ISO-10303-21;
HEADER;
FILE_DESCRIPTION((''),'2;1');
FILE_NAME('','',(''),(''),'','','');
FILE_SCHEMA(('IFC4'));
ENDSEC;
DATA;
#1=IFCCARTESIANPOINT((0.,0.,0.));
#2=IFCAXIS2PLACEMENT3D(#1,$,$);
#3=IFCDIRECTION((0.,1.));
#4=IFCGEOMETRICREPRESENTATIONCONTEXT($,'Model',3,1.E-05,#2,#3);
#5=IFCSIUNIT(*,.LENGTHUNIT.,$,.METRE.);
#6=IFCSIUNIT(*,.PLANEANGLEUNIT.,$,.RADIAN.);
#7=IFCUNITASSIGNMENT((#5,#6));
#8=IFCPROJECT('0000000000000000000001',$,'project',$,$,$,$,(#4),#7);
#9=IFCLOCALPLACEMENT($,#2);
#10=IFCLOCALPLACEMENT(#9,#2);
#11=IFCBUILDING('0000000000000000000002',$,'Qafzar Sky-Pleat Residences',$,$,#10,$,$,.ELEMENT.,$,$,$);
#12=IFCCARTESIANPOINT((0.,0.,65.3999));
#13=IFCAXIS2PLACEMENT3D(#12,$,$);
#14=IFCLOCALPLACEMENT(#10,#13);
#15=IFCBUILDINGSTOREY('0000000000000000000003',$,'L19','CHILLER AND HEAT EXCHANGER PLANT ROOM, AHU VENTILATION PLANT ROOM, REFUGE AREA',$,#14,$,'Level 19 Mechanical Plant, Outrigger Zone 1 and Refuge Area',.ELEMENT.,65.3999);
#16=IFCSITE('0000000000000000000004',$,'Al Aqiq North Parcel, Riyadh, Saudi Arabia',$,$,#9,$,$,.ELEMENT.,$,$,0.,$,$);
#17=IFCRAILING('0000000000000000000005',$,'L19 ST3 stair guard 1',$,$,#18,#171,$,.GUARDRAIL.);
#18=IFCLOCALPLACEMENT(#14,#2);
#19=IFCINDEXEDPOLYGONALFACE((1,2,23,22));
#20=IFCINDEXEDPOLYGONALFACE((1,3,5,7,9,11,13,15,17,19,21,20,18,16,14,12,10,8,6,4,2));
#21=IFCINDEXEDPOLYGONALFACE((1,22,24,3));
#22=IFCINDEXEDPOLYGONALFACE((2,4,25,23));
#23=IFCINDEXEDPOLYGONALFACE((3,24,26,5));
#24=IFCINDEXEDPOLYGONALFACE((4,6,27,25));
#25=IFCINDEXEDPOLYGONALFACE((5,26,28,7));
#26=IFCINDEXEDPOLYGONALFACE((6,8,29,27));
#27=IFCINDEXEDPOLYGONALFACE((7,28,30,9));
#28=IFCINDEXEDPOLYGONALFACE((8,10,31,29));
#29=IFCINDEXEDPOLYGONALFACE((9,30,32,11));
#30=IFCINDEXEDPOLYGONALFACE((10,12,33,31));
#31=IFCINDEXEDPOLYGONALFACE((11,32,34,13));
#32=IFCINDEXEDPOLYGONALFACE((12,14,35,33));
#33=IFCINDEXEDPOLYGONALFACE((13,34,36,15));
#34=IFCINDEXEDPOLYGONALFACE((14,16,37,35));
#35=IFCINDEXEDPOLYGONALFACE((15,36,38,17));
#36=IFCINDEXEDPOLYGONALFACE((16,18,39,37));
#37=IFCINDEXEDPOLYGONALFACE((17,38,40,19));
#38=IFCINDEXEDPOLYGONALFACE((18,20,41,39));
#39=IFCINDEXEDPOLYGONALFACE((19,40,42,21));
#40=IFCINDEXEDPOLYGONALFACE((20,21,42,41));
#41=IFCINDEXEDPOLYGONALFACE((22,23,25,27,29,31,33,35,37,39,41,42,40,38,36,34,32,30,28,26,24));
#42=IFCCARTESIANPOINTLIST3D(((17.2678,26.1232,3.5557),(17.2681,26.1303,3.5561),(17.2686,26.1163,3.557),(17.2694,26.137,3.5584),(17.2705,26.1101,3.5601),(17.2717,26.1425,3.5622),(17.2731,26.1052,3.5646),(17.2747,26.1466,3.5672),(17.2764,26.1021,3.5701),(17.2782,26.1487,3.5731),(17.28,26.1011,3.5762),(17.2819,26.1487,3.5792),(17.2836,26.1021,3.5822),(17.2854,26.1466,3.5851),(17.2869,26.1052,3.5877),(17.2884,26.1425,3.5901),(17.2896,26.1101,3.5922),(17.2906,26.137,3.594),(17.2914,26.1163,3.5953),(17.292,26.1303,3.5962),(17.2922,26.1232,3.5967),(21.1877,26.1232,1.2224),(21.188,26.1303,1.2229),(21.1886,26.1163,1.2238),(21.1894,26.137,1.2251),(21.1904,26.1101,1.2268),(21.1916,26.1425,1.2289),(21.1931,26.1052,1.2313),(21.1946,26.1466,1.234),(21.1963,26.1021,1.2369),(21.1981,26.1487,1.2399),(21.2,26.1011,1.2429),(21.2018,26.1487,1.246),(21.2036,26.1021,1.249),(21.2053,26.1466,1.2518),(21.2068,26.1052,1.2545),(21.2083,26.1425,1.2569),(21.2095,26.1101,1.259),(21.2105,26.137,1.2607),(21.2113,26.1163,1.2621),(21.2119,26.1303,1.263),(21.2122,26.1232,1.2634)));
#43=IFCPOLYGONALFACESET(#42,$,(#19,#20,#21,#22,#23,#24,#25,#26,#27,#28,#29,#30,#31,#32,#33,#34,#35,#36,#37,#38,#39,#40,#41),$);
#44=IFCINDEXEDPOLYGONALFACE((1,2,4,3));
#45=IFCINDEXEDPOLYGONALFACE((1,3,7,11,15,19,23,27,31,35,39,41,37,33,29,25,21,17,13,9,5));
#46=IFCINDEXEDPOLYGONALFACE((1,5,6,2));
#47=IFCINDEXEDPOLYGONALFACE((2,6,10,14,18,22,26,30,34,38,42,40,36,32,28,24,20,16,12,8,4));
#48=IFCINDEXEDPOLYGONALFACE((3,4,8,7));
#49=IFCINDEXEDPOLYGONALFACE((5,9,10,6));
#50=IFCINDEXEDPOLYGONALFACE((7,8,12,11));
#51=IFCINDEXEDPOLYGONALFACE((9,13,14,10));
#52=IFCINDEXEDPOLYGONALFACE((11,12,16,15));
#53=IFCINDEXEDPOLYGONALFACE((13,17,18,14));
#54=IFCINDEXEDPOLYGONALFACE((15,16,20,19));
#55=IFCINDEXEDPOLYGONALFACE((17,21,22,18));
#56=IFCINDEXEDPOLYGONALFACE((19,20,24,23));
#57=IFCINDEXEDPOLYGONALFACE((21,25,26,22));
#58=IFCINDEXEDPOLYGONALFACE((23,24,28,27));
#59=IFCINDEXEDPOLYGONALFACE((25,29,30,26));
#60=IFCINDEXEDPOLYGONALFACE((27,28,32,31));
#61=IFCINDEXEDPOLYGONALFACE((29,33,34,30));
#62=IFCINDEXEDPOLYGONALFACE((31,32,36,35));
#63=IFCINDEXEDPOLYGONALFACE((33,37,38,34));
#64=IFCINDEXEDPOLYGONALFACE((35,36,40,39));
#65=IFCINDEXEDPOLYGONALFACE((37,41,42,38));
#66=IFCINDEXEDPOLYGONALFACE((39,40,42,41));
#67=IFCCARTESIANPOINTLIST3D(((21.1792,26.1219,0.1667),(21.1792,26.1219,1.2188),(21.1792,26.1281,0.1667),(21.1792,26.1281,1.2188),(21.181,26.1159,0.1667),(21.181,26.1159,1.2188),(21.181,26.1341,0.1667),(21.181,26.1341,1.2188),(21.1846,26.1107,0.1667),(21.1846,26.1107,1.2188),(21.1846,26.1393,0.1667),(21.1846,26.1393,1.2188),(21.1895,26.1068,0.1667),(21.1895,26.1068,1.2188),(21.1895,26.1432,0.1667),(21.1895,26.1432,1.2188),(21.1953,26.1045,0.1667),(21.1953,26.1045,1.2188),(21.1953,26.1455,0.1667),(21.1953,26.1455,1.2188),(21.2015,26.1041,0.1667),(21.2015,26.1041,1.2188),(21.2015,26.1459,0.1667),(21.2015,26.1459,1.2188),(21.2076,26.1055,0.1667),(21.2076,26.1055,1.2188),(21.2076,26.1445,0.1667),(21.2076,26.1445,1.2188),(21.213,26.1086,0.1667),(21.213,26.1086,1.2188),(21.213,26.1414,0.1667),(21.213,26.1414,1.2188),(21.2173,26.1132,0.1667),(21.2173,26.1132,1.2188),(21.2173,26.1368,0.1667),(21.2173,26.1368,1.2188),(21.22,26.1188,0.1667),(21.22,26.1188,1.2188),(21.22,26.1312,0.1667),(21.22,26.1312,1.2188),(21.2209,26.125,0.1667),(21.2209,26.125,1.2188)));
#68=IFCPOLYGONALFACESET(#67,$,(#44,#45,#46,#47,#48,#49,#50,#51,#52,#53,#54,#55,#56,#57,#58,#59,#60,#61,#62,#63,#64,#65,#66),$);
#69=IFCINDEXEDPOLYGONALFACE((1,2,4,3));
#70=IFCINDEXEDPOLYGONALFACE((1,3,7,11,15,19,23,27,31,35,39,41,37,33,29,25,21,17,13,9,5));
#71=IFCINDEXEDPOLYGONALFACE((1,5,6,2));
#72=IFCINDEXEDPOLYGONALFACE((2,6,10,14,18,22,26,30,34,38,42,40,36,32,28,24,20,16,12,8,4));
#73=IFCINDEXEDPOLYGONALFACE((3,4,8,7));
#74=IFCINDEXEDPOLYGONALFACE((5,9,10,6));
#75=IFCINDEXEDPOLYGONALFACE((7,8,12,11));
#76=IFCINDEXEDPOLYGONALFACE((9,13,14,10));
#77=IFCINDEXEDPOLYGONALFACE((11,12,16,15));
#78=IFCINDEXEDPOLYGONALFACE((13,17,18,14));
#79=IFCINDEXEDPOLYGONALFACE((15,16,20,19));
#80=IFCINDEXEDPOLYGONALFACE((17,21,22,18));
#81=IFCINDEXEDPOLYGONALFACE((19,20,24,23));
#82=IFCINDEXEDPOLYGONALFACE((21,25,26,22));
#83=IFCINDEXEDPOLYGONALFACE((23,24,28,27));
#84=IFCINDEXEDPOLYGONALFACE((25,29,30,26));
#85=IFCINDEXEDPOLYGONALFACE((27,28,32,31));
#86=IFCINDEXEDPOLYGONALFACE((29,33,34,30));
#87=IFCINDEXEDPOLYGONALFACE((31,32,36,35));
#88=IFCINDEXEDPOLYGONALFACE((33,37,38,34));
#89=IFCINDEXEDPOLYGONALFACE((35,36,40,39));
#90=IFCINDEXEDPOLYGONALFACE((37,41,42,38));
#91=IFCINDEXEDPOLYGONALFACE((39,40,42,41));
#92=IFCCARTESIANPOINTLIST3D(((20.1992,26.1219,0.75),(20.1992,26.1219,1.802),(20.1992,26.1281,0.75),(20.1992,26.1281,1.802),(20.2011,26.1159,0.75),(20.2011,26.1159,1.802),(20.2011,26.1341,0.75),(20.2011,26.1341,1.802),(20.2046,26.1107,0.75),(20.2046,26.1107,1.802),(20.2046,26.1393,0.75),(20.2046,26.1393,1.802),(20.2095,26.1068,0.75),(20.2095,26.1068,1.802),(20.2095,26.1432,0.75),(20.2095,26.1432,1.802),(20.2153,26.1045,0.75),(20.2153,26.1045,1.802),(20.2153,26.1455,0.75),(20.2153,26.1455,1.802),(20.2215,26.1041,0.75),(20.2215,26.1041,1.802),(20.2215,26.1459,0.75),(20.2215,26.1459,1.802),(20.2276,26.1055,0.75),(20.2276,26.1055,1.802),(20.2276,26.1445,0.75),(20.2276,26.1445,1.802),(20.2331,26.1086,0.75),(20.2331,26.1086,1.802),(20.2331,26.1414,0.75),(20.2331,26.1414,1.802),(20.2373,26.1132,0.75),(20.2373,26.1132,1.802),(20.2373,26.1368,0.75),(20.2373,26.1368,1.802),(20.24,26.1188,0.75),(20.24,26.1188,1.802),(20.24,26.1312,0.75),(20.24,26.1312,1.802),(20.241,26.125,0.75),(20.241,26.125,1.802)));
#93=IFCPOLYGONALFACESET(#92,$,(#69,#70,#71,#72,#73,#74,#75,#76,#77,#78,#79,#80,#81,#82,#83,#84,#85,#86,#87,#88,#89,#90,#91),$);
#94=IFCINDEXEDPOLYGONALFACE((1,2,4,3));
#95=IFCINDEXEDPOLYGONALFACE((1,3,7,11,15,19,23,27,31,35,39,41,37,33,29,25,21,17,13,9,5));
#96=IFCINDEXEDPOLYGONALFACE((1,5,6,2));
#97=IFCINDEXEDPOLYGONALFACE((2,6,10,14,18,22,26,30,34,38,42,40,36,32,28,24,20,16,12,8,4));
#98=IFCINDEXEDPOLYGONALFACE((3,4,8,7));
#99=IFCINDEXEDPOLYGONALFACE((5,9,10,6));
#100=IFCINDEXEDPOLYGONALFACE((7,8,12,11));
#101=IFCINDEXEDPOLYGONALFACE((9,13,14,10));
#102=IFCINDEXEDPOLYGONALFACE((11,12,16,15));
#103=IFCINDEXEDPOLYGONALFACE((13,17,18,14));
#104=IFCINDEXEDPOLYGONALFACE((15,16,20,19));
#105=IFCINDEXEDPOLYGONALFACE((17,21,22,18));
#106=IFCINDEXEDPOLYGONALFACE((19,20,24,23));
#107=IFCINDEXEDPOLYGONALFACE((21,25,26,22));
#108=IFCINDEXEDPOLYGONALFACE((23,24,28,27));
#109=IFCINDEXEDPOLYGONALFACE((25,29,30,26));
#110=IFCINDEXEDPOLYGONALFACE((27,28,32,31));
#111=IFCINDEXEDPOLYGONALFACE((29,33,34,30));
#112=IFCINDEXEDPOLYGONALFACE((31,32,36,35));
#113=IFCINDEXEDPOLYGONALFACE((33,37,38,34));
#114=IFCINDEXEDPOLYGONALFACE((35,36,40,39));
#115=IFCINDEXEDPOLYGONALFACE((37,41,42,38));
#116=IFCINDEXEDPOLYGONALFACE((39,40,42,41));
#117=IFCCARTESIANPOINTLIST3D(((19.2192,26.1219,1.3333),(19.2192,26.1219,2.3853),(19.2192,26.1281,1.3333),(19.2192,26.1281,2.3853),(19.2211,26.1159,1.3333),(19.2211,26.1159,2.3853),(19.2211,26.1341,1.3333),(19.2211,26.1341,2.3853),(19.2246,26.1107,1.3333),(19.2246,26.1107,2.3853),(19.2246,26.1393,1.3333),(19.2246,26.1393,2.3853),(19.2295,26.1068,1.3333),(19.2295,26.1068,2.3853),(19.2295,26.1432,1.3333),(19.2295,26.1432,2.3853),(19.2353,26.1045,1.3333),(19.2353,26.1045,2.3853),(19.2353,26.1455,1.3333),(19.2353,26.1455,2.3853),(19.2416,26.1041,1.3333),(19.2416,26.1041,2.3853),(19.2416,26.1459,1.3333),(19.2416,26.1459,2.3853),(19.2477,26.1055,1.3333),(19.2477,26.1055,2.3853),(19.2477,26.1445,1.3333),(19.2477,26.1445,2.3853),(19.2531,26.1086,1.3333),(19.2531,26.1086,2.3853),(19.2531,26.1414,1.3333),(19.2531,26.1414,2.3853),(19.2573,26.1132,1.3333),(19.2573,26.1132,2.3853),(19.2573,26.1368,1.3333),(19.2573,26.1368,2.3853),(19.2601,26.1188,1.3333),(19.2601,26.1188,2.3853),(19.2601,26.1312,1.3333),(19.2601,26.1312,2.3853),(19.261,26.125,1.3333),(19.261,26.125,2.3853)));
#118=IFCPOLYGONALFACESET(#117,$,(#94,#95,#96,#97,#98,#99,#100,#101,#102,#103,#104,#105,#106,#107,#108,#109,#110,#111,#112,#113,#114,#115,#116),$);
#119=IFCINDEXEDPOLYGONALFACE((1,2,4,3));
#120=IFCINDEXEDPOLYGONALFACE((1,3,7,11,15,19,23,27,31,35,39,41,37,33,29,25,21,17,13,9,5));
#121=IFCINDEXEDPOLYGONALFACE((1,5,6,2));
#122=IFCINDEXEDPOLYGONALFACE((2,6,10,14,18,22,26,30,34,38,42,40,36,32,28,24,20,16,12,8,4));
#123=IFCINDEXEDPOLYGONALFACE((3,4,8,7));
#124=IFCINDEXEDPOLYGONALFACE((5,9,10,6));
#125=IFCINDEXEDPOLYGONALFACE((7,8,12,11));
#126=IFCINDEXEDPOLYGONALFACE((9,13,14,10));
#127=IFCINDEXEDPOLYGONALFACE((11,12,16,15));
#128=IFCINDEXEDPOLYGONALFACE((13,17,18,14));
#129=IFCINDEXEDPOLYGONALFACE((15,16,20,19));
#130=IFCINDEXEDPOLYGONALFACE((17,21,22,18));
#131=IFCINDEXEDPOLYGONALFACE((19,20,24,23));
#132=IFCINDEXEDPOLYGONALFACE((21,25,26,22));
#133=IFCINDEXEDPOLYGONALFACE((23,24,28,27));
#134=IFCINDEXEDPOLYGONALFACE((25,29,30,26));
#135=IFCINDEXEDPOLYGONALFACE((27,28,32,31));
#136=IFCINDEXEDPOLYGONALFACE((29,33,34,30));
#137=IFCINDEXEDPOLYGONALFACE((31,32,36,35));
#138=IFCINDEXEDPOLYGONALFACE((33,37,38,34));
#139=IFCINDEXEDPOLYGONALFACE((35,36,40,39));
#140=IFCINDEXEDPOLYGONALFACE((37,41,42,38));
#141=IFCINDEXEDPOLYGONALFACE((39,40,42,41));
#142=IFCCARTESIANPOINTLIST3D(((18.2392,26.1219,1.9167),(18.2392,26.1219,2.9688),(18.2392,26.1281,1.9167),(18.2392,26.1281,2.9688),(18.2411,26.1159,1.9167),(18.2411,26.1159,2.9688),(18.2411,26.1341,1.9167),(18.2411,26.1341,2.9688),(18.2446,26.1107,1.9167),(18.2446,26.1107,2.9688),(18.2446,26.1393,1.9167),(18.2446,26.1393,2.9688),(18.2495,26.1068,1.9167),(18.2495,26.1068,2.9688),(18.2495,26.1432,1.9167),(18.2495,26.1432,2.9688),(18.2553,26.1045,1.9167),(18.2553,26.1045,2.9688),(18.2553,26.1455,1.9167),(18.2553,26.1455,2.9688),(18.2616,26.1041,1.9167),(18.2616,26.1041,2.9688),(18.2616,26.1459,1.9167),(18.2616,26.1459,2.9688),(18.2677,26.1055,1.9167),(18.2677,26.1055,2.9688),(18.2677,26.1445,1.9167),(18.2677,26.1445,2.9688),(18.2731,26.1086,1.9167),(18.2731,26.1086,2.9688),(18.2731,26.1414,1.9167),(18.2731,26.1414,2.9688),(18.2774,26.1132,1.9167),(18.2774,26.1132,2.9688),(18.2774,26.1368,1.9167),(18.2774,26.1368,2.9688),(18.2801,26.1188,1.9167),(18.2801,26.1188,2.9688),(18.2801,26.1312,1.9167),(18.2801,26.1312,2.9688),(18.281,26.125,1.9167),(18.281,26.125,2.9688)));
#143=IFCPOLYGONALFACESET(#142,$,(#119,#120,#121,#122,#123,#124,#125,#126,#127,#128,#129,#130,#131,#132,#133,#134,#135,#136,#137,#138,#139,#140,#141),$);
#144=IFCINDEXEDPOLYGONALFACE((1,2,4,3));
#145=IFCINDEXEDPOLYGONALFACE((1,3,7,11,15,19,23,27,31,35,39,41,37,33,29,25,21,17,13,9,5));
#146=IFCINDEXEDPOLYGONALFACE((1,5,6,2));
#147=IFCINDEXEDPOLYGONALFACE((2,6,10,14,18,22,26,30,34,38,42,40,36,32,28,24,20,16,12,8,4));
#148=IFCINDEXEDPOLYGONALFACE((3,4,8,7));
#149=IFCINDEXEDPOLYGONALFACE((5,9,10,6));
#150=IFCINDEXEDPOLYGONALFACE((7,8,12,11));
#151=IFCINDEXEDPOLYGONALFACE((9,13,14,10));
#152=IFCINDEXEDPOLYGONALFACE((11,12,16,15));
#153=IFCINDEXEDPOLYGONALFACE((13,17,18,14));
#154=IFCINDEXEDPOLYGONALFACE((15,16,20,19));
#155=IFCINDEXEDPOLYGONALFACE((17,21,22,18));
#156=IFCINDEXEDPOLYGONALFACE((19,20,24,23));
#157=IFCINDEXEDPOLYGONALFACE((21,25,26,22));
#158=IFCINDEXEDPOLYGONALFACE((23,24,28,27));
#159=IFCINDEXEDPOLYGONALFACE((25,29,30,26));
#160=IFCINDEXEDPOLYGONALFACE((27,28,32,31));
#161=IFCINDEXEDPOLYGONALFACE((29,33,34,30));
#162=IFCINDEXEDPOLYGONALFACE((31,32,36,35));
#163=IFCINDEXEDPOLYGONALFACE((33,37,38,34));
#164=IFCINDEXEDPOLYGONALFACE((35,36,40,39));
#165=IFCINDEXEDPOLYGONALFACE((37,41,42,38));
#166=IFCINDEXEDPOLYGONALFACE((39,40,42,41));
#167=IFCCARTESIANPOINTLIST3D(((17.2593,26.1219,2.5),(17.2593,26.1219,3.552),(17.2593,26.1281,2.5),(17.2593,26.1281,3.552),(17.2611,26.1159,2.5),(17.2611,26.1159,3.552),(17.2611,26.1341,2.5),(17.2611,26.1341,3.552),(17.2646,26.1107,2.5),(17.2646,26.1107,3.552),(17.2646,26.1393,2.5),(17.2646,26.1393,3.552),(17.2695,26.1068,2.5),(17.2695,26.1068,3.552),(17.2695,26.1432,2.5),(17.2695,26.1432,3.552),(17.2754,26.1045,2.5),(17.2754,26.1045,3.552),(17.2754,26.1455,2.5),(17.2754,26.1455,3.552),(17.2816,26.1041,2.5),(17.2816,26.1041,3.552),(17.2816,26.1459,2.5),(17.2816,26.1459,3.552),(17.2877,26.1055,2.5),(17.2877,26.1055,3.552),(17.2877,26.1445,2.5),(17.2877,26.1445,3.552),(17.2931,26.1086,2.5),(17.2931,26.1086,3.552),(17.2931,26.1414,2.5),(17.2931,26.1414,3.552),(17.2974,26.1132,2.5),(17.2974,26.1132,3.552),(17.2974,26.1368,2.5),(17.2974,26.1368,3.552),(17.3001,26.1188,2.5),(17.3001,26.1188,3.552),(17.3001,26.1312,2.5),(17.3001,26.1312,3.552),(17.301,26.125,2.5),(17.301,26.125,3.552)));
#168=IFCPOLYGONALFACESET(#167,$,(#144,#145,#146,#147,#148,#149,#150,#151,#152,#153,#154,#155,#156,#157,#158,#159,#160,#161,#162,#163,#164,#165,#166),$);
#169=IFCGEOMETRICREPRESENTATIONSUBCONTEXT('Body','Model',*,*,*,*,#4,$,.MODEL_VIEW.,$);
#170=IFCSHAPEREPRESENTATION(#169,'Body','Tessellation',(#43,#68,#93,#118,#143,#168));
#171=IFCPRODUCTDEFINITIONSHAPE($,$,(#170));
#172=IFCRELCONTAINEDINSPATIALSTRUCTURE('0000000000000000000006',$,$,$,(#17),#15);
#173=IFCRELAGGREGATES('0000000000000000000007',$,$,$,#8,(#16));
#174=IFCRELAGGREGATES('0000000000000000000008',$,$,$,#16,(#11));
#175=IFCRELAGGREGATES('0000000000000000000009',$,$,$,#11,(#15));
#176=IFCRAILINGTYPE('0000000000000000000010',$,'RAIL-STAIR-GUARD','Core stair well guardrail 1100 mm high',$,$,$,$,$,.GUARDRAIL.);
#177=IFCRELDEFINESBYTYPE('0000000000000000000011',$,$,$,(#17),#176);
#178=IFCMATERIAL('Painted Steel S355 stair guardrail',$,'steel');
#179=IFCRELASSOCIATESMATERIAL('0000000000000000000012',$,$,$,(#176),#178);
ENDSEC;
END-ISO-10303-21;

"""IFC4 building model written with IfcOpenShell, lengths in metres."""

from ifc_helpers import new_model, si_unit, direction, frame, origin, origin_2d, place, context, subcontext, project, spatial, circle, extrude, source, transform, mapped, material, type_object, element, save


model = new_model("IFC4")

# Units and contexts
model_context = context("Model", 3, precision=1e-05, world=origin(), true_north=direction((0.0, 1.0)))
body_context = subcontext(model_context, "Body", "Model", "MODEL_VIEW")
ifc_project = project(units=[si_unit("LENGTHUNIT", "METRE"), si_unit("PLANEANGLEUNIT", "RADIAN")], contexts=[model_context])

# Site, building, storey
site_placement = place(None, origin())
site = spatial("IfcSite", under=ifc_project, at=site_placement, Name="Al Aqiq North Parcel, Riyadh, Saudi Arabia", CompositionType="ELEMENT", RefElevation=0.0)
building_placement = place(site_placement, origin())
building = spatial("IfcBuilding", under=site, at=building_placement, Name="Qafzar Sky-Pleat Residences", CompositionType="ELEMENT")
storey_placement = place(building_placement, frame((0.0, 0.0, 65.3999)))
storey = spatial("IfcBuildingStorey", under=building, at=storey_placement, Name="L19", Description="CHILLER AND HEAT EXCHANGER PLANT ROOM, AHU VENTILATION PLANT ROOM, REFUGE AREA", LongName="Level 19 Mechanical Plant, Outrigger Zone 1 and Refuge Area", CompositionType="ELEMENT", Elevation=65.3999)

# Railing
ifc_material_1 = material(Name="Painted Steel S355 stair guardrail", Category="steel")
railing_type_1 = type_object("IfcRailingType", Name="RAIL-STAIR-GUARD", Description="Core stair well guardrail 1100 mm high", PredefinedType="GUARDRAIL", material=ifc_material_1)
shared_shape_1 = source(origin(), body_context, "Body", "SweptSolid", [
    extrude(circle(Radius=0.0239, at=origin_2d()), frame((0.0, 0.0, 1.0762), z_axis=(-0.859296, 0.0, 0.511478), x_axis=(0.0, -1.0, 0.0)), (0.0, 0.0, 1.0), 4.5618),
    extrude(circle(Radius=0.021, at=origin_2d()), origin(), (0.0, 0.0, 1.0), 1.052),
    extrude(circle(Radius=0.021, at=origin_2d()), frame((-0.98, 0.0, 0.5833)), (0.0, 0.0, 1.0), 1.052),
    extrude(circle(Radius=0.021, at=origin_2d()), frame((-1.96, 0.0, 1.1665)), (0.0, 0.0, 1.0), 1.052),
    extrude(circle(Radius=0.021, at=origin_2d()), frame((-2.9399, 0.0, 1.75)), (0.0, 0.0, 1.0), 1.052),
    extrude(circle(Radius=0.021, at=origin_2d()), frame((-3.9199, 0.0, 2.3333)), (0.0, 0.0, 1.0), 1.052),
])
railing_1_placement = place(storey_placement, frame((21.2, 26.125, 0.1667)))
element("IfcRailing", 1, at=railing_1_placement, inside=storey, type_object=railing_type_1, Name="L19 ST3 stair guard 1", PredefinedType="GUARDRAIL", context=body_context, shape_type="MappedRepresentation", body=[
    mapped(shared_shape_1, transform((0.0, 0.0, 0.0), x_axis=(1.0, 0.0, 0.0), y_axis=(0.0, 1.0, 0.0), z_axis=(0.0, 0.0, 1.0), scale=1.0)),
])

save(model, "model.ifc")
